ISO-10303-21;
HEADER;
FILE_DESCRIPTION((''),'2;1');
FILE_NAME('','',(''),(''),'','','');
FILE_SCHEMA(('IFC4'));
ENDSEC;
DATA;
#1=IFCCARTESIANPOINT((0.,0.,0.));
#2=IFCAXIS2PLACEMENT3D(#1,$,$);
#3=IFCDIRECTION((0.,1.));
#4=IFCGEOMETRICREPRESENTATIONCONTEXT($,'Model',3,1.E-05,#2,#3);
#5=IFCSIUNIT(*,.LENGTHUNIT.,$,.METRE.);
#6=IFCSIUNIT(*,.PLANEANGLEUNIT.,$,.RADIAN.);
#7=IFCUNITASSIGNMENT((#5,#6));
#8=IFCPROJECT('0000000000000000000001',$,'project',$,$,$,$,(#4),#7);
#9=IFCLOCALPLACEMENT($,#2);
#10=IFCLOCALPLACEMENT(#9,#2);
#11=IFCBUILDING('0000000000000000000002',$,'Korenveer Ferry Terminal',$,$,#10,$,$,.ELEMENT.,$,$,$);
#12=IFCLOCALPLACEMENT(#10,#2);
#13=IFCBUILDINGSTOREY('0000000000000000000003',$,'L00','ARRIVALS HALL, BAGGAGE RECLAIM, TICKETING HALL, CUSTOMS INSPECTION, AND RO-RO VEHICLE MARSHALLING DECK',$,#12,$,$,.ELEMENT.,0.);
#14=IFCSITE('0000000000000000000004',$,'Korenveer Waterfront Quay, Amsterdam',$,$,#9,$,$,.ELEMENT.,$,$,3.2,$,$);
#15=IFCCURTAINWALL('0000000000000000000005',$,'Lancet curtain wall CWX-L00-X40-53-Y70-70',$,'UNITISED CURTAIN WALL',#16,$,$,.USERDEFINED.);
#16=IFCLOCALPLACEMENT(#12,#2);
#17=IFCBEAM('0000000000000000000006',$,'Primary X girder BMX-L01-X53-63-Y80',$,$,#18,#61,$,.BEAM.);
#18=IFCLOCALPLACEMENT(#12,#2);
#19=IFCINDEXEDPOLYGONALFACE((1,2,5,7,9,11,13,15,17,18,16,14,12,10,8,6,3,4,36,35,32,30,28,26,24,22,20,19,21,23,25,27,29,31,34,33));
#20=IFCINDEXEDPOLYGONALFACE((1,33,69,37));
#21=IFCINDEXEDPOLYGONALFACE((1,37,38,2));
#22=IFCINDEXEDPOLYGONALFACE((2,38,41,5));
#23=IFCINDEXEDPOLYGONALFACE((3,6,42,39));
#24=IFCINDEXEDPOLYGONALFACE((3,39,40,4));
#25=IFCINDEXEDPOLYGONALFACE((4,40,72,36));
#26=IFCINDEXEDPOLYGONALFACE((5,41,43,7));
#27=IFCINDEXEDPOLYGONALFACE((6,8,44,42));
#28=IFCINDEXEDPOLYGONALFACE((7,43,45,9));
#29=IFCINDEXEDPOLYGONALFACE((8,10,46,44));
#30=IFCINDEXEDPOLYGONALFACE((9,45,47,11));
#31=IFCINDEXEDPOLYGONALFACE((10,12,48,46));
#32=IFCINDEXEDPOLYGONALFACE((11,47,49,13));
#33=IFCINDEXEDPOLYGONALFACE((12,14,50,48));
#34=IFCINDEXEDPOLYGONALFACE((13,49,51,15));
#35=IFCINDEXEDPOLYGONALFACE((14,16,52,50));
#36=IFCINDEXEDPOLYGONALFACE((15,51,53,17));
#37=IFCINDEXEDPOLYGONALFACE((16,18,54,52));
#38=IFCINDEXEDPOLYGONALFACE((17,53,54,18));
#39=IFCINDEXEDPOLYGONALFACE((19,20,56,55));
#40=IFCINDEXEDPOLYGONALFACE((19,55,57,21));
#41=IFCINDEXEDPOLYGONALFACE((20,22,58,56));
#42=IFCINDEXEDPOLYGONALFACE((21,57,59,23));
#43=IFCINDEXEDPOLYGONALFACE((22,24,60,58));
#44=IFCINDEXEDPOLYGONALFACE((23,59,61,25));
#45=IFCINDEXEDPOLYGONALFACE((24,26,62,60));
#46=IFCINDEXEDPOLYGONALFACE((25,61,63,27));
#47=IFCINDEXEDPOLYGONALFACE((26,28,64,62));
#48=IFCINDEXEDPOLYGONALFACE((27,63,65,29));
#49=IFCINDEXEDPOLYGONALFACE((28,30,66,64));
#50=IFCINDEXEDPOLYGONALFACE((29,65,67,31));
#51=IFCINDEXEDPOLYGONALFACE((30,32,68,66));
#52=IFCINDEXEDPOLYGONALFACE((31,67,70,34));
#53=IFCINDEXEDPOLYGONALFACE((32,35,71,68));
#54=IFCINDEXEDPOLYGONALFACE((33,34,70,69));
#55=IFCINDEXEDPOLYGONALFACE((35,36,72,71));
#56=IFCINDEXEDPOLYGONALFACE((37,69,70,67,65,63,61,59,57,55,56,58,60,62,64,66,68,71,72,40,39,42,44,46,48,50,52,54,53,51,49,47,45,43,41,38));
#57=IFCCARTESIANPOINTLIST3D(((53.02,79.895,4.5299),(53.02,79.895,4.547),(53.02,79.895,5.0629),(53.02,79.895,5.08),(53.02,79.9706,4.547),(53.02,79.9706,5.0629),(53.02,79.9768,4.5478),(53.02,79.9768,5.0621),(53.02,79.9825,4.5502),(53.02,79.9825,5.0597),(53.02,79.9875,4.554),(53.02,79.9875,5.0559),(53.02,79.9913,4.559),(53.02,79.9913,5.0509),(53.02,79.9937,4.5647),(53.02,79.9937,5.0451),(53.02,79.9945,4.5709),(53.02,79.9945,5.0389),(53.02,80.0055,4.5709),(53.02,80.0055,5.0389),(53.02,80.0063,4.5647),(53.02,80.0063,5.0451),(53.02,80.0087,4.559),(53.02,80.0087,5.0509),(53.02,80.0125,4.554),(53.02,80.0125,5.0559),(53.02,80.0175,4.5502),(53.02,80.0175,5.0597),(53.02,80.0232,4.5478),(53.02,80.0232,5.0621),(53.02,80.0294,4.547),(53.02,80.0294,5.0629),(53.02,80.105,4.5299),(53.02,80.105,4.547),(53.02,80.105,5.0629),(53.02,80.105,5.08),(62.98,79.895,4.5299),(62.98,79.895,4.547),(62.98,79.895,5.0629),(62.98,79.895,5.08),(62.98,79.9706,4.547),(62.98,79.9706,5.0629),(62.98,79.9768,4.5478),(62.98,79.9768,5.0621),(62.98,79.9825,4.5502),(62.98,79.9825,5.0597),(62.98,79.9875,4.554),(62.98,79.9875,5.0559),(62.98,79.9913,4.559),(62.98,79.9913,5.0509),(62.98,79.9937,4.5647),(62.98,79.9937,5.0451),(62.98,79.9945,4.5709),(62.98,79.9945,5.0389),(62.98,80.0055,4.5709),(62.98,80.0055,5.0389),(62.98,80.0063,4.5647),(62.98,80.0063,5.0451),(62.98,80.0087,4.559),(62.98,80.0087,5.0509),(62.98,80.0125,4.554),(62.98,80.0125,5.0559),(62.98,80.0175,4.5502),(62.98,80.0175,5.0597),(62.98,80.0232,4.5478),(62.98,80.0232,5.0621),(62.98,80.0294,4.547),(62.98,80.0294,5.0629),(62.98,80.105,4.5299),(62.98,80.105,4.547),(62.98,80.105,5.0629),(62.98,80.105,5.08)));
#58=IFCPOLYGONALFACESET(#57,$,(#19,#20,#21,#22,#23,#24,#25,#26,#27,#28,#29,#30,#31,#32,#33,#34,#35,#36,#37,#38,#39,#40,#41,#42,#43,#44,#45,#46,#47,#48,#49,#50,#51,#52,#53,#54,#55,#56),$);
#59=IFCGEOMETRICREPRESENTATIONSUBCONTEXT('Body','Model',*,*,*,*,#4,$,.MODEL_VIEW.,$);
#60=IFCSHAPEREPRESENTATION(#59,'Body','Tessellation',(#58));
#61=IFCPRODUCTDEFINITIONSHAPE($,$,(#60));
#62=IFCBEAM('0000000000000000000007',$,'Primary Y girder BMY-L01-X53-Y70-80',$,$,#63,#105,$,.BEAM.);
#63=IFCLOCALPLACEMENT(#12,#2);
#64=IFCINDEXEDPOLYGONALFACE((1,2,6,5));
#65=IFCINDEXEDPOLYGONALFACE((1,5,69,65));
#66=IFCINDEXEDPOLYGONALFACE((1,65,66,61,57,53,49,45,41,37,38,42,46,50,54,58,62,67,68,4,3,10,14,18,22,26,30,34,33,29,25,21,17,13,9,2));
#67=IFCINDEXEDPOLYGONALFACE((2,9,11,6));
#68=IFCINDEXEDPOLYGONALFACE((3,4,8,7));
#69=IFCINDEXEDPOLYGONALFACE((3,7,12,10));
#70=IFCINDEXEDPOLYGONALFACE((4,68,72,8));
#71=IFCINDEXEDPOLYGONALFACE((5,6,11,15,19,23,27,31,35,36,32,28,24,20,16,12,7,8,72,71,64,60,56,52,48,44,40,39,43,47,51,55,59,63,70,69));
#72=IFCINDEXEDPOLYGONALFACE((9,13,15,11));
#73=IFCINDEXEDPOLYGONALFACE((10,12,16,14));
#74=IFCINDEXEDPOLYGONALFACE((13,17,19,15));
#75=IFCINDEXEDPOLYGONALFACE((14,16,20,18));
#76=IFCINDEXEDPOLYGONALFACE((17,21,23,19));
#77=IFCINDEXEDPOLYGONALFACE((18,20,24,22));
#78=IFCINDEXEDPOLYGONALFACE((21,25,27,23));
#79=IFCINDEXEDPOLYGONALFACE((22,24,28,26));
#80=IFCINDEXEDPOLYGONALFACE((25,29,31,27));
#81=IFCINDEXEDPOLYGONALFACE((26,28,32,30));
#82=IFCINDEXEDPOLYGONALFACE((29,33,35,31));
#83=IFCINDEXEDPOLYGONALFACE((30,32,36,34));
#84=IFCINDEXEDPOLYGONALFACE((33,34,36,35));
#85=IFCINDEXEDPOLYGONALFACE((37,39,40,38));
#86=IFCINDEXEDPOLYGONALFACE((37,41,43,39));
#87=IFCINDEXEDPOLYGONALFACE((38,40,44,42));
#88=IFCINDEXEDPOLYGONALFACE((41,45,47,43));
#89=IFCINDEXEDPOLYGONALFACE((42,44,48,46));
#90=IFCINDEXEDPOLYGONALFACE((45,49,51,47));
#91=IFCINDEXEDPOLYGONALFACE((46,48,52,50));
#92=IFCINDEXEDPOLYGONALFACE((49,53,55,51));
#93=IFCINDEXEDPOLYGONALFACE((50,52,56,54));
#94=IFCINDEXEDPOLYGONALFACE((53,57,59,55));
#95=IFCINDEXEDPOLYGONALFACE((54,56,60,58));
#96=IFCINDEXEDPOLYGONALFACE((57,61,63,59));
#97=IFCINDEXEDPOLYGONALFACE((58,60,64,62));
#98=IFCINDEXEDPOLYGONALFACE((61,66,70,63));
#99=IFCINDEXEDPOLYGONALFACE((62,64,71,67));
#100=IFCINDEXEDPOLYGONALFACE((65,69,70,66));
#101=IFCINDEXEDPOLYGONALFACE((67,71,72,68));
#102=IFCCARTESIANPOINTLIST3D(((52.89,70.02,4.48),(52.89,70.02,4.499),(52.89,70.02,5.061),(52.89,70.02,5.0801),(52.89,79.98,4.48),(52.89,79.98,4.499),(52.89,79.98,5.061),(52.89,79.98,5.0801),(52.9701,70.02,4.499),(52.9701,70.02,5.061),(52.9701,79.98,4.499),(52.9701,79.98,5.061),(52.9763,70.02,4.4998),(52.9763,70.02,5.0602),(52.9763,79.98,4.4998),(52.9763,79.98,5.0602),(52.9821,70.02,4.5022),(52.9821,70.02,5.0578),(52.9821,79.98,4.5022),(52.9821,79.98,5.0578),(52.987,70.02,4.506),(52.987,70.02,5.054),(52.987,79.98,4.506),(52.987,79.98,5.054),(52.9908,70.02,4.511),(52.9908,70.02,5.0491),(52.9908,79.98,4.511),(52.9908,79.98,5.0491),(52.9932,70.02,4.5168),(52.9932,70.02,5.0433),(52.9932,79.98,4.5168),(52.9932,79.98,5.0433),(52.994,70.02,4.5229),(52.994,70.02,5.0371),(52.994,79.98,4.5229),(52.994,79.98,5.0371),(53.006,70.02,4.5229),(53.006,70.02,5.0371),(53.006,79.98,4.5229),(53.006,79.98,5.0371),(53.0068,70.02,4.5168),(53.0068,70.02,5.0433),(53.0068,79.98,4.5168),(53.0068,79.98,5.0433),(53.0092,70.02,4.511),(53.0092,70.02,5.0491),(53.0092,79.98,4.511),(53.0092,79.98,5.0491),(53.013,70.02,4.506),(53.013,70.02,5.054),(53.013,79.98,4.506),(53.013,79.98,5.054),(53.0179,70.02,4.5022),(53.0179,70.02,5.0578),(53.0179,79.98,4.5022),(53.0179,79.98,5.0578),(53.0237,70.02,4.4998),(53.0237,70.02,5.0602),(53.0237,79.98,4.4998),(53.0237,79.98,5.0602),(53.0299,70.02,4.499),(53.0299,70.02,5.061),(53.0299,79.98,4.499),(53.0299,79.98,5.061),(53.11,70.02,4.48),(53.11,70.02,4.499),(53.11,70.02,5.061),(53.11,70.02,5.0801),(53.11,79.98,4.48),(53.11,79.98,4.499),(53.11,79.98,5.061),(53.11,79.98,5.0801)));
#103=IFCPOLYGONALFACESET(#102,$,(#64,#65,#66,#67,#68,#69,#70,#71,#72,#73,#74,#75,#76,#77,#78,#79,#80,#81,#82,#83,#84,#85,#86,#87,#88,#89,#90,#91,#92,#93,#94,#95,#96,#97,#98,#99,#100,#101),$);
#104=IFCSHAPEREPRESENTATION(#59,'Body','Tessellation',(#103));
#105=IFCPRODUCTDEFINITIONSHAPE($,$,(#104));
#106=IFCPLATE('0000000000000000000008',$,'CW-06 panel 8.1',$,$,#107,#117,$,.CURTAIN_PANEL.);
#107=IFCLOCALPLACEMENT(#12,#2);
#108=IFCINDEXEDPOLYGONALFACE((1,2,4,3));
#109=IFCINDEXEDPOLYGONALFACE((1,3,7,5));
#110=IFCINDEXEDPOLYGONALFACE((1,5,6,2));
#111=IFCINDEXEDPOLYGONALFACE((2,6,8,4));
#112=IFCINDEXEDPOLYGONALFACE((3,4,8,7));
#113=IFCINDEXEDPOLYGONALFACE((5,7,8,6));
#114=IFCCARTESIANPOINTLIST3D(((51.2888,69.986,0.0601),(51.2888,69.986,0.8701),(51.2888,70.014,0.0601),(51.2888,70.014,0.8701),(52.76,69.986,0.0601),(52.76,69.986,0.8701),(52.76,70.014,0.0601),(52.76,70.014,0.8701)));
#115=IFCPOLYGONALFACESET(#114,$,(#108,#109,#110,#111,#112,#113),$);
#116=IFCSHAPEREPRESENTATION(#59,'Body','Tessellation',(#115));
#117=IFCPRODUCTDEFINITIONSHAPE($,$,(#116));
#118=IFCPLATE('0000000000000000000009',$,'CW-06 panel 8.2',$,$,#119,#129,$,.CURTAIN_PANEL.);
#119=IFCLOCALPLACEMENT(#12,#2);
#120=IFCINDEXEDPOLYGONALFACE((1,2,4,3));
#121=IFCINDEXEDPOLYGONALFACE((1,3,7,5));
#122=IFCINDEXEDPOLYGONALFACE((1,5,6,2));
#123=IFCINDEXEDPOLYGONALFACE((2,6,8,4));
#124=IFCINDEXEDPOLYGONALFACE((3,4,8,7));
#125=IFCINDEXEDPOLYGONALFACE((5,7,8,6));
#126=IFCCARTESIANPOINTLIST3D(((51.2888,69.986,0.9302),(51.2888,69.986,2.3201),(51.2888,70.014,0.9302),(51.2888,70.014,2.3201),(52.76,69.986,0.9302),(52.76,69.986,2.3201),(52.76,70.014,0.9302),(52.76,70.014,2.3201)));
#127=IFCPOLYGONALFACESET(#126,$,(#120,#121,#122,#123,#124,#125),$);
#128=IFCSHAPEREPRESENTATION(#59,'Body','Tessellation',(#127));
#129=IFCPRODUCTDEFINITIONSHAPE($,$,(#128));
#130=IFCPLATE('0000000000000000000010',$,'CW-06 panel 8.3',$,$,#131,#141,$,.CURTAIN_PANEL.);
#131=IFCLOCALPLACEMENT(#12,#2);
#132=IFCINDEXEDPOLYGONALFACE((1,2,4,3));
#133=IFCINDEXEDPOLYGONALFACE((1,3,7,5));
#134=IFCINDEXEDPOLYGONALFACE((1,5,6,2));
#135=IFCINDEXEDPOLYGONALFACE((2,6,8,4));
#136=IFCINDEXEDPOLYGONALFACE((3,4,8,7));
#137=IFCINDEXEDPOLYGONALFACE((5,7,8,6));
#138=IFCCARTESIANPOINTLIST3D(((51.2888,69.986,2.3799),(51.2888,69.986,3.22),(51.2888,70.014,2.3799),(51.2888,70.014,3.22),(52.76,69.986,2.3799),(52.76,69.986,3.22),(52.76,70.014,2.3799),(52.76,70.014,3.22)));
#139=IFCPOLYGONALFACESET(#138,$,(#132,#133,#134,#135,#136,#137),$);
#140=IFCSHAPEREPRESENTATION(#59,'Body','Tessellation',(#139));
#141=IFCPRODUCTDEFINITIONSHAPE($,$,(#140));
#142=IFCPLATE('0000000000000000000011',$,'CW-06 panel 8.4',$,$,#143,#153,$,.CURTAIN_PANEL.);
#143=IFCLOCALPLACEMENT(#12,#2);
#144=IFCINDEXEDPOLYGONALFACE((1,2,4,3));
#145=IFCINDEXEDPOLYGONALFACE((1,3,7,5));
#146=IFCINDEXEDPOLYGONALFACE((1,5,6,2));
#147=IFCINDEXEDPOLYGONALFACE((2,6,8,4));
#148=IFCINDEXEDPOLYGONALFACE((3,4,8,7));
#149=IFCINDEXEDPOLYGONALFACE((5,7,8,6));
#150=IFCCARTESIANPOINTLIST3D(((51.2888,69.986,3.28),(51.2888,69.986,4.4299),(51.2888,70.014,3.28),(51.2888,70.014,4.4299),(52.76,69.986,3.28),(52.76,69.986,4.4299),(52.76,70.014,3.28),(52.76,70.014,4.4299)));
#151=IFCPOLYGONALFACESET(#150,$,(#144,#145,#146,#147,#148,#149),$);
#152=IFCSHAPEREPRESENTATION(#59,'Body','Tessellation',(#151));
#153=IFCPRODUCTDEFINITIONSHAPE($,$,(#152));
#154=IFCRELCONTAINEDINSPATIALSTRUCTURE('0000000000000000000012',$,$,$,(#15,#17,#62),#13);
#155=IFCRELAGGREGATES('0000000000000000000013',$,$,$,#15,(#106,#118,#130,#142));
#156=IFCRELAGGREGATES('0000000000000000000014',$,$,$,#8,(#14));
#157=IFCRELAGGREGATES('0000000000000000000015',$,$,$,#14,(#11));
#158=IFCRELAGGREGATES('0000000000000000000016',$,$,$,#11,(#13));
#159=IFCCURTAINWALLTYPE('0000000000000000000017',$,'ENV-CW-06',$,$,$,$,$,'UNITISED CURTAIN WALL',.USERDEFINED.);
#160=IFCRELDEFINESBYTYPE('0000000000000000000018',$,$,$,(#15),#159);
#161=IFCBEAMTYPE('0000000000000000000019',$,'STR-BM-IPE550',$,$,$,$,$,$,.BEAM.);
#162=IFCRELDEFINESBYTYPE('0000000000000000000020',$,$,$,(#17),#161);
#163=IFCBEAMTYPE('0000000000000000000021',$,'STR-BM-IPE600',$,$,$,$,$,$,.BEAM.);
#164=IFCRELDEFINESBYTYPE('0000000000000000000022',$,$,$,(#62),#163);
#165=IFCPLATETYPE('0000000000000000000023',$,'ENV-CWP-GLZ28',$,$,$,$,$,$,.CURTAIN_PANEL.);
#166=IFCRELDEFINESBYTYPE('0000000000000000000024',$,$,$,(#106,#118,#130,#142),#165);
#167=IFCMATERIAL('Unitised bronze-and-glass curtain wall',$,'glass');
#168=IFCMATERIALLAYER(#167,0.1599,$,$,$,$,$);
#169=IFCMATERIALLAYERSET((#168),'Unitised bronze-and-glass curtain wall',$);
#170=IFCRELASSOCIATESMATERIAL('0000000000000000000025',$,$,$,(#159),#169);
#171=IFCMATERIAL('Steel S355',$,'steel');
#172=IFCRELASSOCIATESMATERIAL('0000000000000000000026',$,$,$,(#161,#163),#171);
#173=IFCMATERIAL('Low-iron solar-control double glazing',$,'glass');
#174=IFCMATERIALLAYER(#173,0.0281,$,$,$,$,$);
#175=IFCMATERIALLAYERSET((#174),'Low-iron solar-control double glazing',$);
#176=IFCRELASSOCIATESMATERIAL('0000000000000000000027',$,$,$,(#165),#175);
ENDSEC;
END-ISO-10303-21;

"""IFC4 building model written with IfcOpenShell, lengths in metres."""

from ifc_helpers import new_model, si_unit, direction, frame, origin, origin_2d, place, context, subcontext, project, spatial, rectangle, i_section, extrude, material, layer, layer_set, material_profile, profile_set, type_object, element, aggregate, save


model = new_model("IFC4")

# Units and contexts
model_context = context("Model", 3, precision=1e-05, world=origin(), true_north=direction((0.0, 1.0)))
body_context = subcontext(model_context, "Body", "Model", "MODEL_VIEW")
ifc_project = project(units=[si_unit("LENGTHUNIT", "METRE"), si_unit("PLANEANGLEUNIT", "RADIAN")], contexts=[model_context])

# Site, building, storey
site_placement = place(None, origin())
site = spatial("IfcSite", under=ifc_project, at=site_placement, Name="Korenveer Waterfront Quay, Amsterdam", CompositionType="ELEMENT", RefElevation=3.2)
building_placement = place(site_placement, origin())
building = spatial("IfcBuilding", under=site, at=building_placement, Name="Korenveer Ferry Terminal", CompositionType="ELEMENT")
storey_placement = place(building_placement, origin())
storey = spatial("IfcBuildingStorey", under=building, at=storey_placement, Name="L00", Description="ARRIVALS HALL, BAGGAGE RECLAIM, TICKETING HALL, CUSTOMS INSPECTION, AND RO-RO VEHICLE MARSHALLING DECK", CompositionType="ELEMENT", Elevation=0.0)

# Shared definitions
ifc_material_1 = material(Name="Steel S355", Category="steel")

# Curtain wall
ifc_material_2 = material(Name="Unitised bronze-and-glass curtain wall", Category="glass")
ifc_layer_1 = layer(ifc_material_2, 0.1599)
ifc_layer_set_1 = layer_set([ifc_layer_1], Name="Unitised bronze-and-glass curtain wall")
curtain_wall_type = type_object("IfcCurtainWallType", Name="ENV-CW-06", ElementType="UNITISED CURTAIN WALL", PredefinedType="USERDEFINED", material=ifc_layer_set_1)
curtain_wall_placement = place(storey_placement, frame((40.3301, 70.0, 0.0)))
curtain_wall = element("IfcCurtainWall", 1, at=curtain_wall_placement, inside=storey, type_object=curtain_wall_type, Name="Lancet curtain wall CWX-L00-X40-53-Y70-70", ObjectType="UNITISED CURTAIN WALL", PredefinedType="USERDEFINED")

# Beams
ifc_material_profile_1 = material_profile(ifc_material_1, i_section(OverallWidth=0.21, OverallDepth=0.55, WebThickness=0.011, FlangeThickness=0.0171, FilletRadius=0.0239, at=origin_2d()), Name="IPE 550")
ifc_profile_set_1 = profile_set([ifc_material_profile_1], Name="Steel S355")
beam_type_1 = type_object("IfcBeamType", Name="STR-BM-IPE550", PredefinedType="BEAM", material=ifc_profile_set_1)
beam_1_placement = place(storey_placement, frame((53.02, 80.0, 4.8049), z_axis=(1.0, 0.0, 0.0), x_axis=(0.0, 1.0, 0.0)))
element("IfcBeam", 2, at=beam_1_placement, inside=storey, type_object=beam_type_1, Name="Primary X girder BMX-L01-X53-63-Y80", PredefinedType="BEAM", context=body_context, shape_type="SweptSolid", body=[
    extrude(i_section(OverallWidth=0.21, OverallDepth=0.55, WebThickness=0.011, FlangeThickness=0.0171, FilletRadius=0.0239, at=origin_2d()), origin(), (0.0, 0.0, 1.0), 9.96),
])
ifc_material_profile_2 = material_profile(ifc_material_1, i_section(OverallWidth=0.22, OverallDepth=0.6001, WebThickness=0.012, FlangeThickness=0.019, FilletRadius=0.0239, at=origin_2d()), Name="IPE 600")
ifc_profile_set_2 = profile_set([ifc_material_profile_2], Name="Steel S355")
beam_type_2 = type_object("IfcBeamType", Name="STR-BM-IPE600", PredefinedType="BEAM", material=ifc_profile_set_2)
beam_2_placement = place(storey_placement, frame((53.0, 70.02, 4.78), z_axis=(0.0, 1.0, 0.0), x_axis=(-1.0, 0.0, 0.0)))
element("IfcBeam", 3, at=beam_2_placement, inside=storey, type_object=beam_type_2, Name="Primary Y girder BMY-L01-X53-Y70-80", PredefinedType="BEAM", context=body_context, shape_type="SweptSolid", body=[
    extrude(i_section(OverallWidth=0.22, OverallDepth=0.6001, WebThickness=0.012, FlangeThickness=0.019, FilletRadius=0.0239, at=origin_2d()), origin(), (0.0, 0.0, 1.0), 9.96),
])

# Plates
ifc_material_3 = material(Name="Low-iron solar-control double glazing", Category="glass")
ifc_layer_2 = layer(ifc_material_3, 0.0281)
ifc_layer_set_2 = layer_set([ifc_layer_2], Name="Low-iron solar-control double glazing")
plate_type = type_object("IfcPlateType", Name="ENV-CWP-GLZ28", PredefinedType="CURTAIN_PANEL", material=ifc_layer_set_2)
plate_1_placement = place(storey_placement, frame((52.0244, 70.0, 0.0601), z_axis=(0.0, 0.0, 1.0), x_axis=(1.0, 0.0, 0.0)))
plate_1 = element("IfcPlate", 4, at=plate_1_placement, type_object=plate_type, Name="CW-06 panel 8.1", PredefinedType="CURTAIN_PANEL", context=body_context, shape_type="SweptSolid", body=[
    extrude(rectangle(XDim=1.4712, YDim=0.0281, at=origin_2d()), origin(), (0.0, 0.0, 1.0), 0.8101),
])
plate_2_placement = place(storey_placement, frame((52.0244, 70.0, 0.9302), z_axis=(0.0, 0.0, 1.0), x_axis=(1.0, 0.0, 0.0)))
plate_2 = element("IfcPlate", 5, at=plate_2_placement, type_object=plate_type, Name="CW-06 panel 8.2", PredefinedType="CURTAIN_PANEL", context=body_context, shape_type="SweptSolid", body=[
    extrude(rectangle(XDim=1.4712, YDim=0.0281, at=origin_2d()), origin(), (0.0, 0.0, 1.0), 1.3899),
])
plate_3_placement = place(storey_placement, frame((52.0244, 70.0, 2.3799), z_axis=(0.0, 0.0, 1.0), x_axis=(1.0, 0.0, 0.0)))
plate_3 = element("IfcPlate", 6, at=plate_3_placement, type_object=plate_type, Name="CW-06 panel 8.3", PredefinedType="CURTAIN_PANEL", context=body_context, shape_type="SweptSolid", body=[
    extrude(rectangle(XDim=1.4712, YDim=0.0281, at=origin_2d()), origin(), (0.0, 0.0, 1.0), 0.8401),
])
plate_4_placement = place(storey_placement, frame((52.0244, 70.0, 3.28), z_axis=(0.0, 0.0, 1.0), x_axis=(1.0, 0.0, 0.0)))
plate_4 = element("IfcPlate", 7, at=plate_4_placement, type_object=plate_type, Name="CW-06 panel 8.4", PredefinedType="CURTAIN_PANEL", context=body_context, shape_type="SweptSolid", body=[
    extrude(rectangle(XDim=1.4712, YDim=0.0281, at=origin_2d()), origin(), (0.0, 0.0, 1.0), 1.1499),
])
aggregate(curtain_wall, [plate_1, plate_2, plate_3, plate_4])

save(model, "model.ifc")
